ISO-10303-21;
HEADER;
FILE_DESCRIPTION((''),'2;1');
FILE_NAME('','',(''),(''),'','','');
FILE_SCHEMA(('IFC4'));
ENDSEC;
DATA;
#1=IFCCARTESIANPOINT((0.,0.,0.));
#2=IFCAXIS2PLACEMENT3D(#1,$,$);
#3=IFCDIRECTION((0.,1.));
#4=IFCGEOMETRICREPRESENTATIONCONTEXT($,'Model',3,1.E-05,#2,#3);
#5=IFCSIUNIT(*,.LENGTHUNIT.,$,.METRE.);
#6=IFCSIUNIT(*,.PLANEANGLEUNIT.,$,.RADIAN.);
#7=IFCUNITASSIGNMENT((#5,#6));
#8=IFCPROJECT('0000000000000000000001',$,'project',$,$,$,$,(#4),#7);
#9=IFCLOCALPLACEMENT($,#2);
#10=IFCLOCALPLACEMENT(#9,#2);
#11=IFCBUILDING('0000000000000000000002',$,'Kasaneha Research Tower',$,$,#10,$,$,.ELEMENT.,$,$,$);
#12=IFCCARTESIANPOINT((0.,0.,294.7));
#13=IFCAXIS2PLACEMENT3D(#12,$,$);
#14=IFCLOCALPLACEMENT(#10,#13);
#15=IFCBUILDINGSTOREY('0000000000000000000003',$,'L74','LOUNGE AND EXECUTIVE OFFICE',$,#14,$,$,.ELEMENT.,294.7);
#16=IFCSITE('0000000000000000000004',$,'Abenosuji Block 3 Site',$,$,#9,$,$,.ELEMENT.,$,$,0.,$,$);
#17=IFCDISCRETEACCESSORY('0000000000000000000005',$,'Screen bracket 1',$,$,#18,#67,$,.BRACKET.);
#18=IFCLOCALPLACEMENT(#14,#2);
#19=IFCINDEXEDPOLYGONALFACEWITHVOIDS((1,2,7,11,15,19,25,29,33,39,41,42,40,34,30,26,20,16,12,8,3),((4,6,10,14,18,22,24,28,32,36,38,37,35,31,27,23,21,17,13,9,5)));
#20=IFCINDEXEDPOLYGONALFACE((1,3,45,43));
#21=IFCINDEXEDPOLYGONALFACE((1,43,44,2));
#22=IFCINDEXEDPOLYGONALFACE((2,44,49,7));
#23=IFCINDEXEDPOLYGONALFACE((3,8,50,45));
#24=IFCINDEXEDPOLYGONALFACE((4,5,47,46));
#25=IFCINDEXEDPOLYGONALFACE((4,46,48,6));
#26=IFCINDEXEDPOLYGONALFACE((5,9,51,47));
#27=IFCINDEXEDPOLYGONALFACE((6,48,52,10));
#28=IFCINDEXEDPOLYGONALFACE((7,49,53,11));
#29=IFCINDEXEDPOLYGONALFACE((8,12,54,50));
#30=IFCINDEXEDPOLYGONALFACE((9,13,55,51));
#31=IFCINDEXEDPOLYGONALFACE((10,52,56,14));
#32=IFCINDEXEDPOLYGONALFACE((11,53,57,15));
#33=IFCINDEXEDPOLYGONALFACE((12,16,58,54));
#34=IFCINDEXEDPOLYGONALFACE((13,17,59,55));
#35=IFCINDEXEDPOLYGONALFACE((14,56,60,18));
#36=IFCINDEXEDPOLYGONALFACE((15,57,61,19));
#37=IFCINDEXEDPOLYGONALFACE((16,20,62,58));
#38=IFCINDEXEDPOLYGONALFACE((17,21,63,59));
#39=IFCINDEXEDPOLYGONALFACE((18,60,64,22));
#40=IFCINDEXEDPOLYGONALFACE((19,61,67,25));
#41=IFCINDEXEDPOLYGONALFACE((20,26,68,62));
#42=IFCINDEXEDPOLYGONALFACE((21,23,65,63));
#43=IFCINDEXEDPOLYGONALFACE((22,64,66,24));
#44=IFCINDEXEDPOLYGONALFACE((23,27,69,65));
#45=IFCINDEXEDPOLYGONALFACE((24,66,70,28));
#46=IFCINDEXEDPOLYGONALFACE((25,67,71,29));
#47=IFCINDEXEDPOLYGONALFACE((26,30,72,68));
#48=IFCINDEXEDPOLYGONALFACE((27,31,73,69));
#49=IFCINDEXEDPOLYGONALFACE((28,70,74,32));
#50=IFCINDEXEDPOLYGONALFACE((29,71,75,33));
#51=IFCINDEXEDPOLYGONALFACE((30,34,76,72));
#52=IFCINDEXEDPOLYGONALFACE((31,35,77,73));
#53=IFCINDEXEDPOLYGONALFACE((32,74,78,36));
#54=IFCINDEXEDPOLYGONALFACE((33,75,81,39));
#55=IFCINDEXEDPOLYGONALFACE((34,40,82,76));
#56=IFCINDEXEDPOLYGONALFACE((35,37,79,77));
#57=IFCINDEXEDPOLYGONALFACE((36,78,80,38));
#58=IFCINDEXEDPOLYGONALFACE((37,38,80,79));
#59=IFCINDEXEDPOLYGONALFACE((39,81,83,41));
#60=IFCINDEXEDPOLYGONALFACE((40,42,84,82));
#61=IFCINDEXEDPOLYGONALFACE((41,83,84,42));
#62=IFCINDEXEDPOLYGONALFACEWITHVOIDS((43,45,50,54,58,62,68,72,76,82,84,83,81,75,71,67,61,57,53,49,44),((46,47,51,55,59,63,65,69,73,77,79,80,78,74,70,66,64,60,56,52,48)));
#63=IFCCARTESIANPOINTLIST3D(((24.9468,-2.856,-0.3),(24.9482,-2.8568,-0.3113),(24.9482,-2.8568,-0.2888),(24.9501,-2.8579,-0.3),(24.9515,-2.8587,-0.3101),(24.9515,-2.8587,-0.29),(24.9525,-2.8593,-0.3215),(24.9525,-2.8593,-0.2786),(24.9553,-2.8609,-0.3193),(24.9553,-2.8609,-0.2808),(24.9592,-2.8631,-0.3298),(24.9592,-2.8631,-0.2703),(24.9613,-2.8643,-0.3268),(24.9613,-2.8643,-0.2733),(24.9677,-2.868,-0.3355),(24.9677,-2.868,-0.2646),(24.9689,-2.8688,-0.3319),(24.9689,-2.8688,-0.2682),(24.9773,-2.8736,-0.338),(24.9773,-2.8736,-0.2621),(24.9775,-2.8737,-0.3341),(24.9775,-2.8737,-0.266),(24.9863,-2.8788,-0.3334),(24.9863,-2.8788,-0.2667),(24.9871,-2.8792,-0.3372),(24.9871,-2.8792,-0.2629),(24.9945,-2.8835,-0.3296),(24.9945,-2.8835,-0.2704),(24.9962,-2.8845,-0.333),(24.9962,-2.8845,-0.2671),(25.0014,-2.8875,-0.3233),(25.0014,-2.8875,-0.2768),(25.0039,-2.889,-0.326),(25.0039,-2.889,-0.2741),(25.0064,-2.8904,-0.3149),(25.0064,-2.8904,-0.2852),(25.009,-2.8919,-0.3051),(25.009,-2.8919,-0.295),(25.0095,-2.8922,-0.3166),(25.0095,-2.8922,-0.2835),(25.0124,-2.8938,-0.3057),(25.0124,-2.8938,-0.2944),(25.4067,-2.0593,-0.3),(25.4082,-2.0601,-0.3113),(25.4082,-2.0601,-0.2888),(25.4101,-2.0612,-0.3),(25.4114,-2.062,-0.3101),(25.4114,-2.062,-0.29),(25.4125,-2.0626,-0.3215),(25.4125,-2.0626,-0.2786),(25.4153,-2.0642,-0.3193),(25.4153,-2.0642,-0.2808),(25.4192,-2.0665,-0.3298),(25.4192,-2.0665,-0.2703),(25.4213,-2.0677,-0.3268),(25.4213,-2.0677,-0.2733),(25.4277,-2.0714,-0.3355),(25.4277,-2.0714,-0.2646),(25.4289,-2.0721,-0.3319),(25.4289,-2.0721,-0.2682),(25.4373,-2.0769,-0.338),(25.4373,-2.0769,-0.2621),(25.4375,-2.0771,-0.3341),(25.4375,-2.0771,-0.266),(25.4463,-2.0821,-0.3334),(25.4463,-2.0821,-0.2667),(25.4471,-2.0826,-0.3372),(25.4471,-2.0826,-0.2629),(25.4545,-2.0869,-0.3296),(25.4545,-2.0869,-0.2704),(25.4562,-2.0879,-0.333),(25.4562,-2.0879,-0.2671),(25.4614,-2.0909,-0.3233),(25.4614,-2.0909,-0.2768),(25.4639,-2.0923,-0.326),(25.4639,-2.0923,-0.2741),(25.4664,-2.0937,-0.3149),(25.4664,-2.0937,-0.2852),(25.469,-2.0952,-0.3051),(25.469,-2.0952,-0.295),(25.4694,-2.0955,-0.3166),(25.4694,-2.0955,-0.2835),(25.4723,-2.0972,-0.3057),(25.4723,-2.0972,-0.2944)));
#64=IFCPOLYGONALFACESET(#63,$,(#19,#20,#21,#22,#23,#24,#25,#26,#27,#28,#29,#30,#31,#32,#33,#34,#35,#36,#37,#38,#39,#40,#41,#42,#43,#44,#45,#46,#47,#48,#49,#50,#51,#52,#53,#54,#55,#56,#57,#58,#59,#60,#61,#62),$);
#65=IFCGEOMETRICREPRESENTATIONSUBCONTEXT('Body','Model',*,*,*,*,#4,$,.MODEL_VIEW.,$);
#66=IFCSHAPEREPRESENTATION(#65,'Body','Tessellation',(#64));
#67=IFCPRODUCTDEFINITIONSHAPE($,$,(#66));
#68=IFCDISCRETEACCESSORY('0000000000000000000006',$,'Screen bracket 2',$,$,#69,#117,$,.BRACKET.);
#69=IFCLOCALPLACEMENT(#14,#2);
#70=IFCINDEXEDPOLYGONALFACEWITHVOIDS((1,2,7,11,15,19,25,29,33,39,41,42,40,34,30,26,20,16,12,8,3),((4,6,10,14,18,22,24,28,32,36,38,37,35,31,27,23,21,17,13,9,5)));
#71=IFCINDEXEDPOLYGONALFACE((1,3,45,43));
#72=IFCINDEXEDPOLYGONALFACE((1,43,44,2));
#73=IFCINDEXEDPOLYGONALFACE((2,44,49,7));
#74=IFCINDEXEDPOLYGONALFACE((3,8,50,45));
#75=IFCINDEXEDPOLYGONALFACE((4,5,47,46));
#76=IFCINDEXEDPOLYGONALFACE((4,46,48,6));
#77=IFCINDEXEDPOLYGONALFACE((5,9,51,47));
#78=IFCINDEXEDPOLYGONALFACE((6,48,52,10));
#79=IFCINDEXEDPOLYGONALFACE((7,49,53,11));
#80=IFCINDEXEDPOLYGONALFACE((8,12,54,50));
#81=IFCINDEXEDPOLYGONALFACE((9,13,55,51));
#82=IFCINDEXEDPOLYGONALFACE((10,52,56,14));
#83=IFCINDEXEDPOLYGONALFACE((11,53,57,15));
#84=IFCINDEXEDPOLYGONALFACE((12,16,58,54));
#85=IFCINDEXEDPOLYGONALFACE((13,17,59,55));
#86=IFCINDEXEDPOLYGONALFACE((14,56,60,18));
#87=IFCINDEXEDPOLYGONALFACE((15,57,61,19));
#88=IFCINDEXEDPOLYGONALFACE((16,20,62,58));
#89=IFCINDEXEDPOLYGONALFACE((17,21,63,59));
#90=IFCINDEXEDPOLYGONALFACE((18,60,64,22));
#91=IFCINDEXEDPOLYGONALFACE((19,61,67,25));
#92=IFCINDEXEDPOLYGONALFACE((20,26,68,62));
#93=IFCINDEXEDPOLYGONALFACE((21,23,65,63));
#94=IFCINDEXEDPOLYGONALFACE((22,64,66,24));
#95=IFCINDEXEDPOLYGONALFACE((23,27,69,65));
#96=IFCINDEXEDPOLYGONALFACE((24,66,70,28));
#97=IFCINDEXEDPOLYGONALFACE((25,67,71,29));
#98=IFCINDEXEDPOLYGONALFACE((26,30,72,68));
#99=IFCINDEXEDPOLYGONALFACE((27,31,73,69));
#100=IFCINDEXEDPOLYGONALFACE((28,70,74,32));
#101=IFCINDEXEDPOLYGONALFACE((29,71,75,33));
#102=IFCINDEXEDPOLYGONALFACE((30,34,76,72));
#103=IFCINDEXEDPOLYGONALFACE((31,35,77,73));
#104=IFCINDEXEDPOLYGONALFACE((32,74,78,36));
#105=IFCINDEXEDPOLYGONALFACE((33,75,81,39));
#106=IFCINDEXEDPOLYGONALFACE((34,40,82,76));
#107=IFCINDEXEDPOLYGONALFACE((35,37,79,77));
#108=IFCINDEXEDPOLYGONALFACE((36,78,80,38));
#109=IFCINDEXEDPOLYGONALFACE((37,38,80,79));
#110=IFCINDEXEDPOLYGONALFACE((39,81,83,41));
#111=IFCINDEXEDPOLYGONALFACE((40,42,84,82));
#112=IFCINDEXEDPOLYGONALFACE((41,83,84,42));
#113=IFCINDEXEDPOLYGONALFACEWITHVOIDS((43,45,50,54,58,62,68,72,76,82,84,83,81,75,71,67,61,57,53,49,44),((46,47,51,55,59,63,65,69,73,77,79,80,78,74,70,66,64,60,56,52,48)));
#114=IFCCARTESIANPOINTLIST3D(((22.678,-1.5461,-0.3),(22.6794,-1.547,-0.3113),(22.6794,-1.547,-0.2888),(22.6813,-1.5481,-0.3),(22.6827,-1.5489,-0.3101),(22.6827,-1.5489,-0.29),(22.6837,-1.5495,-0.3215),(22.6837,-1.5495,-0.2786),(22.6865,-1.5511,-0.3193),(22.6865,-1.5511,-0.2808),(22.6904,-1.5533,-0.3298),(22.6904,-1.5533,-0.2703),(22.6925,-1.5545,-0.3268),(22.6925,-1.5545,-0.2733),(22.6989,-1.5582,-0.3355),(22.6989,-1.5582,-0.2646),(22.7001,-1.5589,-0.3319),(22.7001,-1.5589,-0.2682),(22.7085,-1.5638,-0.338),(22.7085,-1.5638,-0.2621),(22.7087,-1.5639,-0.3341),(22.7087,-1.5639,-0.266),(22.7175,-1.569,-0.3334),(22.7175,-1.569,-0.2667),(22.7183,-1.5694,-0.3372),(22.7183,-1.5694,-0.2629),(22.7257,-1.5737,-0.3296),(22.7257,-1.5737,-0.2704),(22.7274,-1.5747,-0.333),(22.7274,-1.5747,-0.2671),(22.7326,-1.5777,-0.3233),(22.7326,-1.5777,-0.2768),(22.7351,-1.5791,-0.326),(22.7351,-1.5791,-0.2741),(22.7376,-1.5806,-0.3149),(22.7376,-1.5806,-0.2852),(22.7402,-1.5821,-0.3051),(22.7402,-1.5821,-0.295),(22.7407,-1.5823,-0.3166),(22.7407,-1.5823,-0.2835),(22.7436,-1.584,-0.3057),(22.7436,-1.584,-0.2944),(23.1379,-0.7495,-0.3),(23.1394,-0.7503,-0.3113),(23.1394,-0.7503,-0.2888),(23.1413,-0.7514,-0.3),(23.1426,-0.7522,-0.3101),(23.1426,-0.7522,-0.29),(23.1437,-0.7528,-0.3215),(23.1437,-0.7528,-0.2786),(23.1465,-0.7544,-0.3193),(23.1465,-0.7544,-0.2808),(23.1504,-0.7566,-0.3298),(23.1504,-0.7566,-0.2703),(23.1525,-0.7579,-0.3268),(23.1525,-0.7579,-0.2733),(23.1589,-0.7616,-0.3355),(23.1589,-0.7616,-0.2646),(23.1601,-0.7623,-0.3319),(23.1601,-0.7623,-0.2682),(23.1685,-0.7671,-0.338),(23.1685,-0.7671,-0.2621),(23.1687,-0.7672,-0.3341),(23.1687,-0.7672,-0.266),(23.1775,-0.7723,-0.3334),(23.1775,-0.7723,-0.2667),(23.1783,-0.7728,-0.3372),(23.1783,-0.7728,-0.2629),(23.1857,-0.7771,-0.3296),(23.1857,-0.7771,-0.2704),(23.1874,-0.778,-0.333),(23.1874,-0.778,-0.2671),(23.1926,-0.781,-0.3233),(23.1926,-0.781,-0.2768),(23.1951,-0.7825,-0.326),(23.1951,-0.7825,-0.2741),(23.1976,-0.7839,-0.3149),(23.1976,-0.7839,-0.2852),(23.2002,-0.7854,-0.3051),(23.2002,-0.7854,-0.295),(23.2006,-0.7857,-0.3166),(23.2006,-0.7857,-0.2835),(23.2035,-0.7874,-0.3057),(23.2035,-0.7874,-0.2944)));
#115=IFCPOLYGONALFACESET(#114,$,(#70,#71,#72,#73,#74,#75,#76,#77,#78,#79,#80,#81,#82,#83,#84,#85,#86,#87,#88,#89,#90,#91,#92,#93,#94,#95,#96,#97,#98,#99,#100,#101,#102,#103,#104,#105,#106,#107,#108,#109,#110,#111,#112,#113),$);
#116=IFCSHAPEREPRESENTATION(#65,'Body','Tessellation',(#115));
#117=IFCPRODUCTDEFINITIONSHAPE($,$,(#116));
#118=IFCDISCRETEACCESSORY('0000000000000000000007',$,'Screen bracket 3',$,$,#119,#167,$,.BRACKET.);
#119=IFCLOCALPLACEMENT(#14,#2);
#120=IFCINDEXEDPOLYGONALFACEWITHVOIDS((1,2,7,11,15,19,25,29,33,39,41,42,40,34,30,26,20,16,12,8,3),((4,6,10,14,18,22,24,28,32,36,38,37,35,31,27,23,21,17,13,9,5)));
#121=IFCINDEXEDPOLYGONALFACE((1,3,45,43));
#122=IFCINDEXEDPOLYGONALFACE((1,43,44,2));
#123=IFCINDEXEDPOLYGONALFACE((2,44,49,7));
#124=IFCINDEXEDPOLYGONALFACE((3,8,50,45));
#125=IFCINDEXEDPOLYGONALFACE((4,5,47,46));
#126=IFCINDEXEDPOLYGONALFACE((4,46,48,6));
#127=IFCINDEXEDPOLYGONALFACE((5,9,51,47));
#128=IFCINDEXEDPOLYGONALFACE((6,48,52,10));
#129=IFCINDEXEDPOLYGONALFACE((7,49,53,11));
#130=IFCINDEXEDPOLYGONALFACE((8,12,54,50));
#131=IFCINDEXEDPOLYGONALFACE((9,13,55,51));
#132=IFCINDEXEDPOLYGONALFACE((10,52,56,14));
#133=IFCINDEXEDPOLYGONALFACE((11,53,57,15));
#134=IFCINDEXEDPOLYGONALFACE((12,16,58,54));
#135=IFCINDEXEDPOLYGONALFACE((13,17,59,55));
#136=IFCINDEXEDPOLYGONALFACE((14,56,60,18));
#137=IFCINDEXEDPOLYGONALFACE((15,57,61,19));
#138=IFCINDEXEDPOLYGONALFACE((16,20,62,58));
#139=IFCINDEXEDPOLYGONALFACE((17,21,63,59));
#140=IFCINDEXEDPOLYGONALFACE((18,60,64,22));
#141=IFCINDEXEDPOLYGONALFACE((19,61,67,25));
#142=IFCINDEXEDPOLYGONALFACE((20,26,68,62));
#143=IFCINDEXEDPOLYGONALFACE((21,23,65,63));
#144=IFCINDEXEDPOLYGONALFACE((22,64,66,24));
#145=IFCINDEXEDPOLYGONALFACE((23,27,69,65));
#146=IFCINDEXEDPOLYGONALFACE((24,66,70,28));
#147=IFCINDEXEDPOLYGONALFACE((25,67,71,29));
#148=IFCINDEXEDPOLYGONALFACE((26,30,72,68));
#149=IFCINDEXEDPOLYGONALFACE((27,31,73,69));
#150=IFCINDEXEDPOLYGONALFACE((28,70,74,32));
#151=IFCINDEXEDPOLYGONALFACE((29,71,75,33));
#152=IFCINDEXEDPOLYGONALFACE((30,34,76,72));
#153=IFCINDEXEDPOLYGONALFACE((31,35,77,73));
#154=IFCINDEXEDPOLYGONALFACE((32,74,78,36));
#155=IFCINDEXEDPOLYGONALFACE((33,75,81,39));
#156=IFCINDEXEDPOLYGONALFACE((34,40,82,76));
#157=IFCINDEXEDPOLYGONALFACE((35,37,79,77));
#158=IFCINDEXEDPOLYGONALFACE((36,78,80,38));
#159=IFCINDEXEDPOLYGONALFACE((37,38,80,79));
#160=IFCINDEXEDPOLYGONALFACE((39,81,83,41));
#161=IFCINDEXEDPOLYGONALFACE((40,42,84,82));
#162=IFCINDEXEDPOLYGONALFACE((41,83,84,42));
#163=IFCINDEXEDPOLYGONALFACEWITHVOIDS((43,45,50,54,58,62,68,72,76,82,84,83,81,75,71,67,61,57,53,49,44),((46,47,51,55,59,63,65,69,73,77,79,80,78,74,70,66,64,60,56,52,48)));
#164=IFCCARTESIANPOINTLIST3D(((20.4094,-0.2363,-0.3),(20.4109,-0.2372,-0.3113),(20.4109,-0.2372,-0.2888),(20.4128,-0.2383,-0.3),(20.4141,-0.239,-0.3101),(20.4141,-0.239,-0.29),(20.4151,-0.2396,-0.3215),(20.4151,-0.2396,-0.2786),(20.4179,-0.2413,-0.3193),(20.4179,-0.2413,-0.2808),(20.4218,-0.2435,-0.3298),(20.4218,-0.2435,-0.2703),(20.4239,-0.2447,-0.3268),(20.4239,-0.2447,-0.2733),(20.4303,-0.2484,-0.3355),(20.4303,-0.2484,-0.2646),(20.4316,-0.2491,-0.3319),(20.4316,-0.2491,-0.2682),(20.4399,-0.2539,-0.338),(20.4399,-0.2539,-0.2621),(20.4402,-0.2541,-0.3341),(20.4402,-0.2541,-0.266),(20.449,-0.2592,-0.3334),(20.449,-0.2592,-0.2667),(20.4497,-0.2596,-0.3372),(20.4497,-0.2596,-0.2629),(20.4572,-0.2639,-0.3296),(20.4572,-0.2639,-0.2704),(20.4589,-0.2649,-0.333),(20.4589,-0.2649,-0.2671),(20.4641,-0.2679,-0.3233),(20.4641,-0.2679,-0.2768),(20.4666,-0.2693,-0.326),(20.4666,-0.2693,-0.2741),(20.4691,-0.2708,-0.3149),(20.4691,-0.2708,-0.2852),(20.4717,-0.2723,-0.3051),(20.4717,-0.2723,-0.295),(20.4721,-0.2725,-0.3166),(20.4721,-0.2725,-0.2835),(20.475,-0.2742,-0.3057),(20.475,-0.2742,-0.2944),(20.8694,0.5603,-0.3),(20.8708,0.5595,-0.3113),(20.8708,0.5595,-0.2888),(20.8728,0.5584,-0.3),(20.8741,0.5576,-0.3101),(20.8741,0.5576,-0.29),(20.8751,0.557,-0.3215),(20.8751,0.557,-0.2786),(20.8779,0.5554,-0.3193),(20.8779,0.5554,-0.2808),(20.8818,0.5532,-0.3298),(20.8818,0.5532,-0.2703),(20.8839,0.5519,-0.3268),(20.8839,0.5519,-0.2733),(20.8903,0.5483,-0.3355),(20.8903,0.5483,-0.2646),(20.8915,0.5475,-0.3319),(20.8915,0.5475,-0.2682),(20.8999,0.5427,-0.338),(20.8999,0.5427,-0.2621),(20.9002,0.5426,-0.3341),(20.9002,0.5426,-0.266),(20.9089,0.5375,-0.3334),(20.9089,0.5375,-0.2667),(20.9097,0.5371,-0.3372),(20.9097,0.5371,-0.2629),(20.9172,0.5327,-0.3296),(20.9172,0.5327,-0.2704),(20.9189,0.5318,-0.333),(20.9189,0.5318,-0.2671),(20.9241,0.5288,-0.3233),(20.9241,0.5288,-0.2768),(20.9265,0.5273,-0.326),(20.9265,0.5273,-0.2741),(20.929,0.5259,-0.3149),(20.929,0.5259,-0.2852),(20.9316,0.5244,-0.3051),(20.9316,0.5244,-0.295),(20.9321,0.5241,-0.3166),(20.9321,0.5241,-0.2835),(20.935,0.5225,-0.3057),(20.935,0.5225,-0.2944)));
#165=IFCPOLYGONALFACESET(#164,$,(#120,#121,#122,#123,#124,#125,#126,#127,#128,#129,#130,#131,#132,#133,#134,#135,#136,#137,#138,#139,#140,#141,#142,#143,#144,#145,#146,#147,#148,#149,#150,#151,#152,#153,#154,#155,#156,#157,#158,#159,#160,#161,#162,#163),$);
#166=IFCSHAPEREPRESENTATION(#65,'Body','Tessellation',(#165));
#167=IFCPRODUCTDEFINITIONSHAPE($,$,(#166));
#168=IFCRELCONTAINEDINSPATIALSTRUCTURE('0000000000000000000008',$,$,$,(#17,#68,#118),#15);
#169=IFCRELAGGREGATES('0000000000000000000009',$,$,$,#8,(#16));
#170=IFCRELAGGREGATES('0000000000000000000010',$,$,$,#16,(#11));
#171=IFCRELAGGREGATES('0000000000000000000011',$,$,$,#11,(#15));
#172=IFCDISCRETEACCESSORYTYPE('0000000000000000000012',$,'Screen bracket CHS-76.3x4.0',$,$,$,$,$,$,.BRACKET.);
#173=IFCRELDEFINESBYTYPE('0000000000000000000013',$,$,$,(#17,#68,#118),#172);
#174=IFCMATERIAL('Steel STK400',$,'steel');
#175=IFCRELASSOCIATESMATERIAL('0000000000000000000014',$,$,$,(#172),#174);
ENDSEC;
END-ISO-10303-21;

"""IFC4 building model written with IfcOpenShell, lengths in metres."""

from ifc_helpers import new_model, si_unit, direction, frame, origin, origin_2d, place, context, subcontext, project, spatial, hollow_circle, extrude, material, material_profile, profile_set, type_object, element, save


model = new_model("IFC4")

# Units and contexts
model_context = context("Model", 3, precision=1e-05, world=origin(), true_north=direction((0.0, 1.0)))
body_context = subcontext(model_context, "Body", "Model", "MODEL_VIEW")
ifc_project = project(units=[si_unit("LENGTHUNIT", "METRE"), si_unit("PLANEANGLEUNIT", "RADIAN")], contexts=[model_context])

# Site, building, storey
site_placement = place(None, origin())
site = spatial("IfcSite", under=ifc_project, at=site_placement, Name="Abenosuji Block 3 Site", CompositionType="ELEMENT", RefElevation=0.0)
building_placement = place(site_placement, origin())
building = spatial("IfcBuilding", under=site, at=building_placement, Name="Kasaneha Research Tower", CompositionType="ELEMENT")
storey_placement = place(building_placement, frame((0.0, 0.0, 294.7)))
storey = spatial("IfcBuildingStorey", under=building, at=storey_placement, Name="L74", Description="LOUNGE AND EXECUTIVE OFFICE", CompositionType="ELEMENT", Elevation=294.7)

# Discrete accessories
ifc_material_1 = material(Name="Steel STK400", Category="steel")
ifc_material_profile_1 = material_profile(ifc_material_1, hollow_circle(Radius=0.0381, WallThickness=0.0039, at=origin_2d()), Name="CHS-76.3x4.0")
ifc_profile_set_1 = profile_set([ifc_material_profile_1], Name="Steel STK400")
discrete_accessory_type = type_object("IfcDiscreteAccessoryType", Name="Screen bracket CHS-76.3x4.0", PredefinedType="BRACKET", material=ifc_profile_set_1)
for number, where, z_axis, x_axis, name in (
    (1, (24.9797, -2.875, -0.3), (0.500021, 0.866013, 0.0), (-0.866013, 0.500021, 0.0), "Screen bracket 1"),
    (2, (22.7109, -1.5652, -0.3), (0.500021, 0.866013, 0.0), (-0.866013, 0.500021, 0.0), "Screen bracket 2"),
    (3, (20.4424, -0.2554, -0.3), (0.500021, 0.866013, 0.0), (-0.866013, 0.500021, 0.0), "Screen bracket 3"),
):
    element("IfcDiscreteAccessory", number, at=place(storey_placement, frame(where, z_axis=z_axis, x_axis=x_axis)), inside=storey, type_object=discrete_accessory_type, Name=name, PredefinedType="BRACKET", context=body_context, shape_type="SweptSolid", body=[
        extrude(hollow_circle(Radius=0.0381, WallThickness=0.0039, at=origin_2d()), origin(), (0.0, 0.0, 1.0), 0.9199),
    ])

save(model, "model.ifc")
